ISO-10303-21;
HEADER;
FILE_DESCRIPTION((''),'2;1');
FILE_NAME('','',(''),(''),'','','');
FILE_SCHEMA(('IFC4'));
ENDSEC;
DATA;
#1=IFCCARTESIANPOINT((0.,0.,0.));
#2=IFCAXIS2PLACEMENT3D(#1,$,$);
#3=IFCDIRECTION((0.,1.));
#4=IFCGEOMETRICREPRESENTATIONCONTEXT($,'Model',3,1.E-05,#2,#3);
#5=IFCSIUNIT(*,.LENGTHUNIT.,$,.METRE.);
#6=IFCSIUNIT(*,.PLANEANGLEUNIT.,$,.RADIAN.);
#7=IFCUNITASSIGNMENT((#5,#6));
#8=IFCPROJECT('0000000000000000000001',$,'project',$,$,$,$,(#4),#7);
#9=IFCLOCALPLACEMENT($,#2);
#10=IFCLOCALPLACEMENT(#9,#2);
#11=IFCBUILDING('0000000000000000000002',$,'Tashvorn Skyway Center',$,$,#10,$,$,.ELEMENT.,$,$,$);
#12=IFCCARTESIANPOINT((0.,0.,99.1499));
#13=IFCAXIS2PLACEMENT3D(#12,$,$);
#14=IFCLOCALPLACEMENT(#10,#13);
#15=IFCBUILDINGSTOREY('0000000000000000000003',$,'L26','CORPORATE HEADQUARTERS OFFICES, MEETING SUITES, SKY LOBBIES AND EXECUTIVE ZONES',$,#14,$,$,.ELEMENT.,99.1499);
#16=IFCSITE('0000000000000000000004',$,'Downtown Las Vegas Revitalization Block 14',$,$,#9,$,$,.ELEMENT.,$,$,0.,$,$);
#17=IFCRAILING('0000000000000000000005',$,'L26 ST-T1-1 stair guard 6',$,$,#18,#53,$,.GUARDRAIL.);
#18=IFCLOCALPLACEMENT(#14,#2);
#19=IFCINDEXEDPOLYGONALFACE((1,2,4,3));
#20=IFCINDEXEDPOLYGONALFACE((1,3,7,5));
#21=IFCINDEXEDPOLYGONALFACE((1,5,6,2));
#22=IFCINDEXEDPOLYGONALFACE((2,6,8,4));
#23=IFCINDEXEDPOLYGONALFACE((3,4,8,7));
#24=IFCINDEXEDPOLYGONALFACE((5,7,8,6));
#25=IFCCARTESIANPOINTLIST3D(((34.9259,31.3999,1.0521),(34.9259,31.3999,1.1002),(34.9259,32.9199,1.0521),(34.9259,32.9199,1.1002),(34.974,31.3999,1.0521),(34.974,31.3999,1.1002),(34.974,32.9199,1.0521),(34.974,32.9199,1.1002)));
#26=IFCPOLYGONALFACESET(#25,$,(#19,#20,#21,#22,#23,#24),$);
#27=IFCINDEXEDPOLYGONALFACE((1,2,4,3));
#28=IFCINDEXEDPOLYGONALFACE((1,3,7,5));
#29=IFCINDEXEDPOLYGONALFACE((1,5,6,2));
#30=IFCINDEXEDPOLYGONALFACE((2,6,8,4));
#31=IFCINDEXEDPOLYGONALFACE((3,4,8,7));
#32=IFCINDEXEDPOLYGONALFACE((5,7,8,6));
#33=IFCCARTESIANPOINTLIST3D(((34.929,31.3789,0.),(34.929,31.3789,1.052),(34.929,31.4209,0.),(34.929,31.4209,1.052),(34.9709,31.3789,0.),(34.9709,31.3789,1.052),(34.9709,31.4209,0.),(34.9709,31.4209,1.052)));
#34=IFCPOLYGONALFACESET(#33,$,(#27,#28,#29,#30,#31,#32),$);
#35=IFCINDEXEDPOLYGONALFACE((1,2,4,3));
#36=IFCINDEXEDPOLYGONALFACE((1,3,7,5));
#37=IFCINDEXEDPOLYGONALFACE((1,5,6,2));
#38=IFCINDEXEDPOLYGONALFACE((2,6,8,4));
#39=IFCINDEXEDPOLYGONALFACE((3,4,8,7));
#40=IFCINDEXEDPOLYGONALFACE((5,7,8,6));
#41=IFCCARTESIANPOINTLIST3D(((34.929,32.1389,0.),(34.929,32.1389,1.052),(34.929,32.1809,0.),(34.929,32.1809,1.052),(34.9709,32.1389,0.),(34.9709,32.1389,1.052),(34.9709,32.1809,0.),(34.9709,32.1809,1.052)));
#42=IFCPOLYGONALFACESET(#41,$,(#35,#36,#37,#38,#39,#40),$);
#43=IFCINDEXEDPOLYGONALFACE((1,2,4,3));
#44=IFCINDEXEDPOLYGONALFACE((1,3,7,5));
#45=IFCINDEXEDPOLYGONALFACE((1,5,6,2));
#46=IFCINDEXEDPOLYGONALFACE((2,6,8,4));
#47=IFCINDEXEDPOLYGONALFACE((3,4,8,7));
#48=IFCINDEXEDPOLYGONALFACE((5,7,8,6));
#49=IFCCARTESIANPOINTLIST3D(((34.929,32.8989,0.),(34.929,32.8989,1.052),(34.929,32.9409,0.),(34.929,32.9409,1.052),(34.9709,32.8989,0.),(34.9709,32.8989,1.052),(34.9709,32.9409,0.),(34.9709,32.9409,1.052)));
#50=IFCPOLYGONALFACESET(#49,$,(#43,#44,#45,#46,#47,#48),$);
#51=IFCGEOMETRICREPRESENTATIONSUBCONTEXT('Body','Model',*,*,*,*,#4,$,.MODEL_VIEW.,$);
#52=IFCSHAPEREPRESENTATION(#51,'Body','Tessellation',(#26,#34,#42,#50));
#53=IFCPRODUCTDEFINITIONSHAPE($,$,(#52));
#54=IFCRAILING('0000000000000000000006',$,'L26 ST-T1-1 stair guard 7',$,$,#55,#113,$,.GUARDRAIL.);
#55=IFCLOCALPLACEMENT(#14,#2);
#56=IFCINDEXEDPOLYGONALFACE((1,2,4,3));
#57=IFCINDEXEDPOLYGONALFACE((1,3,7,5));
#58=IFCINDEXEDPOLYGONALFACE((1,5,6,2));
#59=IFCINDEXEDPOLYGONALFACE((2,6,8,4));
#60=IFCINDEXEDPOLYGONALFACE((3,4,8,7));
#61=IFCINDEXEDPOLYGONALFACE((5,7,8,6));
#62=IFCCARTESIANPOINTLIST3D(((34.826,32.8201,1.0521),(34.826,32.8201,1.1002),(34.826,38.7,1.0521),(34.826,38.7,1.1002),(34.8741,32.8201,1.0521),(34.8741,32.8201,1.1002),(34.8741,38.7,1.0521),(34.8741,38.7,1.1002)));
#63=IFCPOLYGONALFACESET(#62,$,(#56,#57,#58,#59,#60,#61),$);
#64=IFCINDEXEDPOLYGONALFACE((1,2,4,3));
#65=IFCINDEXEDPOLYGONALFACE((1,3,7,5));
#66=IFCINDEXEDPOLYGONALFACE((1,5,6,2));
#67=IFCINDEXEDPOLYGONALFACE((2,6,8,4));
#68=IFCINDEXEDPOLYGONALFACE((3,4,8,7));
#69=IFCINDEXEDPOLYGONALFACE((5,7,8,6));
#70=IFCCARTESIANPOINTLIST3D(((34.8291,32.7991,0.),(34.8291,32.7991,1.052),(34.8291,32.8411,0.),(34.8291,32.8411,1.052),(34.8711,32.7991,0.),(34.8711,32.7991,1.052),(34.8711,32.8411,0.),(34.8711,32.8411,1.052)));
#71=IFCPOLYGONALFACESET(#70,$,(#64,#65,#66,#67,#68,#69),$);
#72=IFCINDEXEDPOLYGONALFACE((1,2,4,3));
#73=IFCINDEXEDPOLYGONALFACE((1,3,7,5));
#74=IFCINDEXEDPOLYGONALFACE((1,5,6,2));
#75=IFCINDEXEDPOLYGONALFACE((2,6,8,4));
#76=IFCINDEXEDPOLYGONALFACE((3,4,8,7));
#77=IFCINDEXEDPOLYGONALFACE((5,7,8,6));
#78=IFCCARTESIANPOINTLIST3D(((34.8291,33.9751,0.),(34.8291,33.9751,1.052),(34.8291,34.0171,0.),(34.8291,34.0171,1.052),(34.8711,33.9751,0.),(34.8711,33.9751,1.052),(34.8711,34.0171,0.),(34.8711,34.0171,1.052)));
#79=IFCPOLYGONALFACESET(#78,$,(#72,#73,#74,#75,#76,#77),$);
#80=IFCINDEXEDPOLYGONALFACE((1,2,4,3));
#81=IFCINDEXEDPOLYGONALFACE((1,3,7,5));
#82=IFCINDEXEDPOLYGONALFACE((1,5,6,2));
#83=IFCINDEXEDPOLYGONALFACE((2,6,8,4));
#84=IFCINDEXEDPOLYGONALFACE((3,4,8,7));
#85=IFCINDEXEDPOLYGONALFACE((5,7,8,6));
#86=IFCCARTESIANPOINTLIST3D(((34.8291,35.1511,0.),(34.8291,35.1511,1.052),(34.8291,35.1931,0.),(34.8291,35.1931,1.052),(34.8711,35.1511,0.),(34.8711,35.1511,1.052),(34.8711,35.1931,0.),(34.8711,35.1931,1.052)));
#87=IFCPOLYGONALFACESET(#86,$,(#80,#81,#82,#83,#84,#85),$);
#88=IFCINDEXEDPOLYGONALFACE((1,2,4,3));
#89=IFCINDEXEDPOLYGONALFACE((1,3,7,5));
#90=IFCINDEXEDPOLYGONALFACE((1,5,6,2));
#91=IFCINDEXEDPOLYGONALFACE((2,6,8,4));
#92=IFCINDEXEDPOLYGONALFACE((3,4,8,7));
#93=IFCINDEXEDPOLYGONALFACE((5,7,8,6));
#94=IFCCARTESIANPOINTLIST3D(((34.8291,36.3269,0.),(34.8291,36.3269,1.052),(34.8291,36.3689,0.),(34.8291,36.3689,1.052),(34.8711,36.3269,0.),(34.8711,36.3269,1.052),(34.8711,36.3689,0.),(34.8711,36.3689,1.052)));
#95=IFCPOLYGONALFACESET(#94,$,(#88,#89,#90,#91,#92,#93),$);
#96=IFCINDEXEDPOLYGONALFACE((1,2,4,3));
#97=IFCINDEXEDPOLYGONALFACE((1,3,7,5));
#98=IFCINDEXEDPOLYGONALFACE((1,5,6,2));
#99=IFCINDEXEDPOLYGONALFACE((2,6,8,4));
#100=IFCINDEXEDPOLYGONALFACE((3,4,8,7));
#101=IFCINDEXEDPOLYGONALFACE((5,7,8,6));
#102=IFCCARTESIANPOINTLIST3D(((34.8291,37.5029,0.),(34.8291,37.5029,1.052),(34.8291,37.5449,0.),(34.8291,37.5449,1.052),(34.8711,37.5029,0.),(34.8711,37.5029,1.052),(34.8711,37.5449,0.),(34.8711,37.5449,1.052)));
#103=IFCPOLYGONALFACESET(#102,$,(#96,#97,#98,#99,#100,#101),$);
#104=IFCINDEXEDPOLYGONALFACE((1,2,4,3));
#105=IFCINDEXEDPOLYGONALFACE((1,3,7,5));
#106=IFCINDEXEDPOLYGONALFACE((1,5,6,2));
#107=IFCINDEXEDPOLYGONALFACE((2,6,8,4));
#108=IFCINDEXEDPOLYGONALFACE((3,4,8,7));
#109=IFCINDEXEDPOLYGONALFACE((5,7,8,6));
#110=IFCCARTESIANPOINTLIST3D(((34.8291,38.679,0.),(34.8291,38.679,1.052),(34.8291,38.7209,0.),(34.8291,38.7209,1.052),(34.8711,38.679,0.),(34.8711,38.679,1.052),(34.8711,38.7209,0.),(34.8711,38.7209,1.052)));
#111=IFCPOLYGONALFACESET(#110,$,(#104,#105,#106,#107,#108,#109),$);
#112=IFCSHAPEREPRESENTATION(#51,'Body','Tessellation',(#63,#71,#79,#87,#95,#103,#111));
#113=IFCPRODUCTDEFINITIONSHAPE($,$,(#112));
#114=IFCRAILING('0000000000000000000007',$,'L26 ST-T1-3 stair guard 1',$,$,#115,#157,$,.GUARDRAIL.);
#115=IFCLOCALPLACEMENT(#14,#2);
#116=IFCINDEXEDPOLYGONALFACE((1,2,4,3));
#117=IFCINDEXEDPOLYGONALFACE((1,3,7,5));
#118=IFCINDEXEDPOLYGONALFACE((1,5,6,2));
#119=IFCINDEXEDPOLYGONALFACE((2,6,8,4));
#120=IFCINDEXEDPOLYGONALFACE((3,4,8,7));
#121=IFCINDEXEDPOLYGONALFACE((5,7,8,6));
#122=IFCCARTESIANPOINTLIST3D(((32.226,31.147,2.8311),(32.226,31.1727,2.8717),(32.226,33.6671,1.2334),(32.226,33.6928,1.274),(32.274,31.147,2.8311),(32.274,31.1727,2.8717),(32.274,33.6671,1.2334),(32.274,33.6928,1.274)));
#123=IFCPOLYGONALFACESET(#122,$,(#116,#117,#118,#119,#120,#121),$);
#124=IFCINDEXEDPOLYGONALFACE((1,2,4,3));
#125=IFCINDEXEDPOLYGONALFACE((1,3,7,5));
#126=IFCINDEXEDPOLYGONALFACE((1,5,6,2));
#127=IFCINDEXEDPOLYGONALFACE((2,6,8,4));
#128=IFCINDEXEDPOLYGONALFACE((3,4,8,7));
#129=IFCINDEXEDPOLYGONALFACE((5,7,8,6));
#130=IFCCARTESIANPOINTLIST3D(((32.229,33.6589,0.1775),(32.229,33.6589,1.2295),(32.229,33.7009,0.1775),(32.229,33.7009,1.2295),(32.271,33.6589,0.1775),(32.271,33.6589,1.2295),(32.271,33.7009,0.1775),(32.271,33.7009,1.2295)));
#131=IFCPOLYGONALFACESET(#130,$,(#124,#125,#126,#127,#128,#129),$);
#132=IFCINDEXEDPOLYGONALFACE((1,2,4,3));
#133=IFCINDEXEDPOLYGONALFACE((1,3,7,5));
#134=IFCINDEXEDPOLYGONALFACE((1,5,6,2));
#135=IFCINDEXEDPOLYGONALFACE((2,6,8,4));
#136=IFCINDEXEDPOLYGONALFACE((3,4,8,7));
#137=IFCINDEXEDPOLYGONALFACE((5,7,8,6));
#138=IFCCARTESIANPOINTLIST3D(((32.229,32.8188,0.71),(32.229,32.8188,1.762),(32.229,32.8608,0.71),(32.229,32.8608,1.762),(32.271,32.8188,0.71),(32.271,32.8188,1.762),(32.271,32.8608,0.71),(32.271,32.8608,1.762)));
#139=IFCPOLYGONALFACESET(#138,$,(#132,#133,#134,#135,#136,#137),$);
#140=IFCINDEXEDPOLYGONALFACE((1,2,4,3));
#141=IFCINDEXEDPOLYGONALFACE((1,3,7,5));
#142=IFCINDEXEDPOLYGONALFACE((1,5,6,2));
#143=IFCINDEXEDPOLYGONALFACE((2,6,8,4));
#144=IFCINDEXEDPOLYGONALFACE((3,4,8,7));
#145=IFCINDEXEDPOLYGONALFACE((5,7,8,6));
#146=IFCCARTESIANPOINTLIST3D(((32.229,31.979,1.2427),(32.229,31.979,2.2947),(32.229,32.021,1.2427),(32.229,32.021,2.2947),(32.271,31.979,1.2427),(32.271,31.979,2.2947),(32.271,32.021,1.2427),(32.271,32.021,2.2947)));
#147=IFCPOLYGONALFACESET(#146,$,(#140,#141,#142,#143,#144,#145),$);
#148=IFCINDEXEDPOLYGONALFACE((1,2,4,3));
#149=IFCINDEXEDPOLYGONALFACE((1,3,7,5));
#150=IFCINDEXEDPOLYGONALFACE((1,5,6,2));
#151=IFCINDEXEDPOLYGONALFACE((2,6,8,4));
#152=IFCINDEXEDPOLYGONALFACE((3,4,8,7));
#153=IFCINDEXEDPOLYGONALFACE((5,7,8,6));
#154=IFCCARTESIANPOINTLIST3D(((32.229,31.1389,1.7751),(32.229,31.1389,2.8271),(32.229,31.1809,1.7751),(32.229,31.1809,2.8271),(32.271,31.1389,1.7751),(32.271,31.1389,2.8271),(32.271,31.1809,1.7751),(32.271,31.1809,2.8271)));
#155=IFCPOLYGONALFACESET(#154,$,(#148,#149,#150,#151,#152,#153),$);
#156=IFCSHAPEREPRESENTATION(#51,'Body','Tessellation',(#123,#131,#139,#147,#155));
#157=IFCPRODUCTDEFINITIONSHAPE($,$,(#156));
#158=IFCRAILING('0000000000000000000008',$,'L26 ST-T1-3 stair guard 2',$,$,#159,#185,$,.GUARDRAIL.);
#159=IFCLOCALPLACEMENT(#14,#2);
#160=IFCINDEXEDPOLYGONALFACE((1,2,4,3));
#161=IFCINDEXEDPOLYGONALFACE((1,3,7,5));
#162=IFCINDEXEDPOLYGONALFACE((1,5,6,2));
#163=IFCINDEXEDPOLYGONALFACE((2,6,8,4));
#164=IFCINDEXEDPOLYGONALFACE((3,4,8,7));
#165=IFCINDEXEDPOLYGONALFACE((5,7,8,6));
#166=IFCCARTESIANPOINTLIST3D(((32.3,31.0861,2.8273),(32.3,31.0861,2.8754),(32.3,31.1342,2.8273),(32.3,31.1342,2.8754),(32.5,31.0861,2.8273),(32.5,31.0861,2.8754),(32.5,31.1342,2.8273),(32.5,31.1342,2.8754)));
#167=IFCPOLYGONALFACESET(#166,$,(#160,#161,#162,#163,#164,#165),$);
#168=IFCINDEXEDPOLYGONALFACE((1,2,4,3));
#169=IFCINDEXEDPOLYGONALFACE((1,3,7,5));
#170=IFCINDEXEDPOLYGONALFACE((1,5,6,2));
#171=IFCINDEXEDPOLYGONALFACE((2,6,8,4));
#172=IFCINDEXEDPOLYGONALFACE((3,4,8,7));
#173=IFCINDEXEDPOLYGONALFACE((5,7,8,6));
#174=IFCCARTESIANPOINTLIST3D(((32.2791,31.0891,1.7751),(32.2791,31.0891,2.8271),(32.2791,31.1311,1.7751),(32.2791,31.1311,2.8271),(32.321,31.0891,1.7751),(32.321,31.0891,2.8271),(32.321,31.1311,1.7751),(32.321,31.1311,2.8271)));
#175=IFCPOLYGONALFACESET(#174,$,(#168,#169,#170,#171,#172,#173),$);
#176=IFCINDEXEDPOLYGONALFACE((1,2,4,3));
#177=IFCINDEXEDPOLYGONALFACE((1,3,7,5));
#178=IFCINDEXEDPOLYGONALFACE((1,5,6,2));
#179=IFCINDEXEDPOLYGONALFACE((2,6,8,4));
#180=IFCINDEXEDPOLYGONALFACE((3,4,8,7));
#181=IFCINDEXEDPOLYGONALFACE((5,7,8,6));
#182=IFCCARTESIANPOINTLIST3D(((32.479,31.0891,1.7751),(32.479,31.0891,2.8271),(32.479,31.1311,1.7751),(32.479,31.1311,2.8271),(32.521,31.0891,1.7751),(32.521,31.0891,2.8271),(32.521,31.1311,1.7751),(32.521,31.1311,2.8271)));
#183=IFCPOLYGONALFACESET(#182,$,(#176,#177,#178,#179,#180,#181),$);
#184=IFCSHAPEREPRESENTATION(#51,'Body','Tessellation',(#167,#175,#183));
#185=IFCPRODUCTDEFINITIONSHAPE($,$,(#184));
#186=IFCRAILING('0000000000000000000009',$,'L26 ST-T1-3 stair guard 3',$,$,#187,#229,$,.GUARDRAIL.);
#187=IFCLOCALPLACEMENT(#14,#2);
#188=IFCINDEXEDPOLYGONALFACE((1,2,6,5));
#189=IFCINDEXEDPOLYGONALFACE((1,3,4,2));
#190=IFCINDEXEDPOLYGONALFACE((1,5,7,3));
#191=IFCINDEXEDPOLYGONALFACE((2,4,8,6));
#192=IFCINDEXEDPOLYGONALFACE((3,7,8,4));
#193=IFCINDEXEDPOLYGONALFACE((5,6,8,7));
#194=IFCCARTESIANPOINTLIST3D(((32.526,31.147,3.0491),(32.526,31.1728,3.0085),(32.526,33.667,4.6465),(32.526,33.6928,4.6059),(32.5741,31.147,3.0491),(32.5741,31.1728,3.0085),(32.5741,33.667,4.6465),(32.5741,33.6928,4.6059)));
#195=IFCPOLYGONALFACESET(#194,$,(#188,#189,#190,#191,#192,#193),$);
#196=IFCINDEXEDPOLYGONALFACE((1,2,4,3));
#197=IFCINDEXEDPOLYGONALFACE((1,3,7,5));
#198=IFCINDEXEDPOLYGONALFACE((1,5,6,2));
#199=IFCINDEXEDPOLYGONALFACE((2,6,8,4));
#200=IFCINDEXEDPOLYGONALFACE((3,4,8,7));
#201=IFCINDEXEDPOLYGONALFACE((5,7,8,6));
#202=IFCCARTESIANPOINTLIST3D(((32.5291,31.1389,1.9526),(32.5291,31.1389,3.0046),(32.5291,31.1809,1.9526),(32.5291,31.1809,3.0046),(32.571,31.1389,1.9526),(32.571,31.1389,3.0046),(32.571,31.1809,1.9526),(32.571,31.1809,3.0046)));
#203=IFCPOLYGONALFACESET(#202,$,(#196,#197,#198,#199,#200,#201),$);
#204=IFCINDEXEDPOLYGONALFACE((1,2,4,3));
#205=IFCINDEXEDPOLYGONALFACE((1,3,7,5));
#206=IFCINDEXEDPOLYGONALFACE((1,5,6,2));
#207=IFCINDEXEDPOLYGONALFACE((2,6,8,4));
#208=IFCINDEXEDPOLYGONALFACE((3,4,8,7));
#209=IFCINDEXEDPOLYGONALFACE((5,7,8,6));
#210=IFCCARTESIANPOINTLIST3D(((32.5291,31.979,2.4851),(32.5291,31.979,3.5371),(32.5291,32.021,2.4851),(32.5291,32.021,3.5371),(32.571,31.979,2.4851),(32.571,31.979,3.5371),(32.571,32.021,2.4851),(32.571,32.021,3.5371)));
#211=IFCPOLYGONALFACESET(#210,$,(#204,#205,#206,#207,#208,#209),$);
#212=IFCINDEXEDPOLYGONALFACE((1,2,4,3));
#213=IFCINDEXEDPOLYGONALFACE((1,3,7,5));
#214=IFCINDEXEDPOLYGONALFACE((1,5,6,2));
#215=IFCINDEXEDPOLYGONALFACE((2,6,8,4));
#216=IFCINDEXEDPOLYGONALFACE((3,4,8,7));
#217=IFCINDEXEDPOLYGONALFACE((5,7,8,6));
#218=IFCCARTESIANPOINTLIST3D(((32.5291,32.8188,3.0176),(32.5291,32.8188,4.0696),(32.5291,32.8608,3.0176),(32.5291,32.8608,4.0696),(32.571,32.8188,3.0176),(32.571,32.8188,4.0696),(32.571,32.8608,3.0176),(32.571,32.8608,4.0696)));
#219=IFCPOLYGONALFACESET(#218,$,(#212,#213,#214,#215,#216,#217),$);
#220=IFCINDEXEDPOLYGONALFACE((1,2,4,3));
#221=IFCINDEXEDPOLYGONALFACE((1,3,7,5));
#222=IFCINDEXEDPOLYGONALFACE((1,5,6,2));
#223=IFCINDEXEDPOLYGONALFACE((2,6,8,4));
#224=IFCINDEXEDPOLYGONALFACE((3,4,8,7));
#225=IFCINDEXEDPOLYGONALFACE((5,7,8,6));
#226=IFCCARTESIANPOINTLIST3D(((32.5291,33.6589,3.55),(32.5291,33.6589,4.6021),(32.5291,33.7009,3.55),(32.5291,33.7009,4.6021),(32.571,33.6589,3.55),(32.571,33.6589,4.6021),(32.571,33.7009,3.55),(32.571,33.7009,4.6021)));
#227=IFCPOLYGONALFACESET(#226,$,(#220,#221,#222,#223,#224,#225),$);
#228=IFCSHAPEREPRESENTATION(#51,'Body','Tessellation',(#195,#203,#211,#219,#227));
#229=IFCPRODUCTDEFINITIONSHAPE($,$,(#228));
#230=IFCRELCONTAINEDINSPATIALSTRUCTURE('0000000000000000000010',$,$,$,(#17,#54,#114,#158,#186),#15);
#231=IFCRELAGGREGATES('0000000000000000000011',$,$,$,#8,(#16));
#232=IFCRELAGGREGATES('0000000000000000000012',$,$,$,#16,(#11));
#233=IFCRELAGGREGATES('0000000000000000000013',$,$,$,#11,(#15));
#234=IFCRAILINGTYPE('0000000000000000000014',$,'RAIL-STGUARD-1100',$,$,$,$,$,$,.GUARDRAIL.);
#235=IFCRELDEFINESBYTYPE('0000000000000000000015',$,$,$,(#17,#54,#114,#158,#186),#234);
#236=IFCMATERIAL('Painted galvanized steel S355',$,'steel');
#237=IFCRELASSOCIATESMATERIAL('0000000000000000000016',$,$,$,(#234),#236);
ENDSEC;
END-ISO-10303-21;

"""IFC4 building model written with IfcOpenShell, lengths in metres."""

from ifc_helpers import new_model, si_unit, direction, frame, origin, origin_2d, place, context, subcontext, project, spatial, rectangle, extrude, material, type_object, element, save


model = new_model("IFC4")

# Units and contexts
model_context = context("Model", 3, precision=1e-05, world=origin(), true_north=direction((0.0, 1.0)))
body_context = subcontext(model_context, "Body", "Model", "MODEL_VIEW")
ifc_project = project(units=[si_unit("LENGTHUNIT", "METRE"), si_unit("PLANEANGLEUNIT", "RADIAN")], contexts=[model_context])

# Site, building, storey
site_placement = place(None, origin())
site = spatial("IfcSite", under=ifc_project, at=site_placement, Name="Downtown Las Vegas Revitalization Block 14", CompositionType="ELEMENT", RefElevation=0.0)
building_placement = place(site_placement, origin())
building = spatial("IfcBuilding", under=site, at=building_placement, Name="Tashvorn Skyway Center", CompositionType="ELEMENT")
storey_placement = place(building_placement, frame((0.0, 0.0, 99.1499)))
storey = spatial("IfcBuildingStorey", under=building, at=storey_placement, Name="L26", Description="CORPORATE HEADQUARTERS OFFICES, MEETING SUITES, SKY LOBBIES AND EXECUTIVE ZONES", CompositionType="ELEMENT", Elevation=99.1499)

# Railings
ifc_material_1 = material(Name="Painted galvanized steel S355", Category="steel")
railing_type_1 = type_object("IfcRailingType", Name="RAIL-STGUARD-1100", PredefinedType="GUARDRAIL", material=ifc_material_1)
railing_1_placement = place(storey_placement, frame((34.95, 31.3999, 0.0)))
element("IfcRailing", 1, at=railing_1_placement, inside=storey, type_object=railing_type_1, Name="L26 ST-T1-1 stair guard 6", PredefinedType="GUARDRAIL", context=body_context, shape_type="SweptSolid", body=[
    extrude(rectangle(XDim=0.0481, YDim=0.0481, at=origin_2d()), frame((0.0, 0.0, 1.0762), z_axis=(0.0, 1.0, 0.0), x_axis=(-1.0, 0.0, 0.0)), (0.0, 0.0, 1.0), 1.52),
    extrude(rectangle(XDim=0.042, YDim=0.042, at=origin_2d()), origin(), (0.0, 0.0, 1.0), 1.052),
    extrude(rectangle(XDim=0.042, YDim=0.042, at=origin_2d()), frame((0.0, 0.76, 0.0)), (0.0, 0.0, 1.0), 1.052),
    extrude(rectangle(XDim=0.042, YDim=0.042, at=origin_2d()), frame((0.0, 1.52, 0.0)), (0.0, 0.0, 1.0), 1.052),
])
railing_2_placement = place(storey_placement, frame((34.8501, 32.8201, 0.0)))
element("IfcRailing", 2, at=railing_2_placement, inside=storey, type_object=railing_type_1, Name="L26 ST-T1-1 stair guard 7", PredefinedType="GUARDRAIL", context=body_context, shape_type="SweptSolid", body=[
    extrude(rectangle(XDim=0.0481, YDim=0.0481, at=origin_2d()), frame((0.0, 0.0, 1.0762), z_axis=(0.0, 1.0, 0.0), x_axis=(-1.0, 0.0, 0.0)), (0.0, 0.0, 1.0), 5.8799),
    extrude(rectangle(XDim=0.042, YDim=0.042, at=origin_2d()), origin(), (0.0, 0.0, 1.0), 1.052),
    extrude(rectangle(XDim=0.042, YDim=0.042, at=origin_2d()), frame((0.0, 1.176, 0.0)), (0.0, 0.0, 1.0), 1.052),
    extrude(rectangle(XDim=0.042, YDim=0.042, at=origin_2d()), frame((0.0, 2.3521, 0.0)), (0.0, 0.0, 1.0), 1.052),
    extrude(rectangle(XDim=0.042, YDim=0.042, at=origin_2d()), frame((0.0, 3.5278, 0.0)), (0.0, 0.0, 1.0), 1.052),
    extrude(rectangle(XDim=0.042, YDim=0.042, at=origin_2d()), frame((0.0, 4.7039, 0.0)), (0.0, 0.0, 1.0), 1.052),
    extrude(rectangle(XDim=0.042, YDim=0.042, at=origin_2d()), frame((0.0, 5.8799, 0.0)), (0.0, 0.0, 1.0), 1.052),
])
railing_3_placement = place(storey_placement, frame((32.25, 33.6799, 0.1775)))
element("IfcRailing", 3, at=railing_3_placement, inside=storey, type_object=railing_type_1, Name="L26 ST-T1-3 stair guard 1", PredefinedType="GUARDRAIL", context=body_context, shape_type="SweptSolid", body=[
    extrude(rectangle(XDim=0.0481, YDim=0.0481, at=origin_2d()), frame((0.0, 0.0, 1.0762), z_axis=(0.0, -0.84457, 0.535445), x_axis=(1.0, 0.0, 0.0)), (0.0, 0.0, 1.0), 2.9839),
    extrude(rectangle(XDim=0.042, YDim=0.042, at=origin_2d()), origin(), (0.0, 0.0, 1.0), 1.052),
    extrude(rectangle(XDim=0.042, YDim=0.042, at=origin_2d()), frame((0.0, -0.8401, 0.5325)), (0.0, 0.0, 1.0), 1.052),
    extrude(rectangle(XDim=0.042, YDim=0.042, at=origin_2d()), frame((0.0, -1.6799, 1.0652)), (0.0, 0.0, 1.0), 1.052),
    extrude(rectangle(XDim=0.042, YDim=0.042, at=origin_2d()), frame((0.0, -2.52, 1.5977)), (0.0, 0.0, 1.0), 1.052),
])
railing_4_placement = place(storey_placement, frame((32.3, 31.1101, 1.7751)))
element("IfcRailing", 4, at=railing_4_placement, inside=storey, type_object=railing_type_1, Name="L26 ST-T1-3 stair guard 2", PredefinedType="GUARDRAIL", context=body_context, shape_type="SweptSolid", body=[
    extrude(rectangle(XDim=0.0481, YDim=0.0481, at=origin_2d()), frame((0.0, 0.0, 1.0762), z_axis=(1.0, 0.0, 0.0), x_axis=(0.0, 1.0, 0.0)), (0.0, 0.0, 1.0), 0.2),
    extrude(rectangle(XDim=0.042, YDim=0.042, at=origin_2d()), origin(), (0.0, 0.0, 1.0), 1.052),
    extrude(rectangle(XDim=0.042, YDim=0.042, at=origin_2d()), frame((0.2, 0.0, 0.0)), (0.0, 0.0, 1.0), 1.052),
])
railing_5_placement = place(storey_placement, frame((32.55, 31.1599, 1.9526)))
element("IfcRailing", 5, at=railing_5_placement, inside=storey, type_object=railing_type_1, Name="L26 ST-T1-3 stair guard 3", PredefinedType="GUARDRAIL", context=body_context, shape_type="SweptSolid", body=[
    extrude(rectangle(XDim=0.0481, YDim=0.0481, at=origin_2d()), frame((0.0, 0.0, 1.0762), z_axis=(0.0, 0.844607, 0.535387), x_axis=(-1.0, 0.0, 0.0)), (0.0, 0.0, 1.0), 2.9836),
    extrude(rectangle(XDim=0.042, YDim=0.042, at=origin_2d()), origin(), (0.0, 0.0, 1.0), 1.052),
    extrude(rectangle(XDim=0.042, YDim=0.042, at=origin_2d()), frame((0.0, 0.8401, 0.5325)), (0.0, 0.0, 1.0), 1.052),
    extrude(rectangle(XDim=0.042, YDim=0.042, at=origin_2d()), frame((0.0, 1.6799, 1.0649)), (0.0, 0.0, 1.0), 1.052),
    extrude(rectangle(XDim=0.042, YDim=0.042, at=origin_2d()), frame((0.0, 2.52, 1.5974)), (0.0, 0.0, 1.0), 1.052),
])

save(model, "model.ifc")
